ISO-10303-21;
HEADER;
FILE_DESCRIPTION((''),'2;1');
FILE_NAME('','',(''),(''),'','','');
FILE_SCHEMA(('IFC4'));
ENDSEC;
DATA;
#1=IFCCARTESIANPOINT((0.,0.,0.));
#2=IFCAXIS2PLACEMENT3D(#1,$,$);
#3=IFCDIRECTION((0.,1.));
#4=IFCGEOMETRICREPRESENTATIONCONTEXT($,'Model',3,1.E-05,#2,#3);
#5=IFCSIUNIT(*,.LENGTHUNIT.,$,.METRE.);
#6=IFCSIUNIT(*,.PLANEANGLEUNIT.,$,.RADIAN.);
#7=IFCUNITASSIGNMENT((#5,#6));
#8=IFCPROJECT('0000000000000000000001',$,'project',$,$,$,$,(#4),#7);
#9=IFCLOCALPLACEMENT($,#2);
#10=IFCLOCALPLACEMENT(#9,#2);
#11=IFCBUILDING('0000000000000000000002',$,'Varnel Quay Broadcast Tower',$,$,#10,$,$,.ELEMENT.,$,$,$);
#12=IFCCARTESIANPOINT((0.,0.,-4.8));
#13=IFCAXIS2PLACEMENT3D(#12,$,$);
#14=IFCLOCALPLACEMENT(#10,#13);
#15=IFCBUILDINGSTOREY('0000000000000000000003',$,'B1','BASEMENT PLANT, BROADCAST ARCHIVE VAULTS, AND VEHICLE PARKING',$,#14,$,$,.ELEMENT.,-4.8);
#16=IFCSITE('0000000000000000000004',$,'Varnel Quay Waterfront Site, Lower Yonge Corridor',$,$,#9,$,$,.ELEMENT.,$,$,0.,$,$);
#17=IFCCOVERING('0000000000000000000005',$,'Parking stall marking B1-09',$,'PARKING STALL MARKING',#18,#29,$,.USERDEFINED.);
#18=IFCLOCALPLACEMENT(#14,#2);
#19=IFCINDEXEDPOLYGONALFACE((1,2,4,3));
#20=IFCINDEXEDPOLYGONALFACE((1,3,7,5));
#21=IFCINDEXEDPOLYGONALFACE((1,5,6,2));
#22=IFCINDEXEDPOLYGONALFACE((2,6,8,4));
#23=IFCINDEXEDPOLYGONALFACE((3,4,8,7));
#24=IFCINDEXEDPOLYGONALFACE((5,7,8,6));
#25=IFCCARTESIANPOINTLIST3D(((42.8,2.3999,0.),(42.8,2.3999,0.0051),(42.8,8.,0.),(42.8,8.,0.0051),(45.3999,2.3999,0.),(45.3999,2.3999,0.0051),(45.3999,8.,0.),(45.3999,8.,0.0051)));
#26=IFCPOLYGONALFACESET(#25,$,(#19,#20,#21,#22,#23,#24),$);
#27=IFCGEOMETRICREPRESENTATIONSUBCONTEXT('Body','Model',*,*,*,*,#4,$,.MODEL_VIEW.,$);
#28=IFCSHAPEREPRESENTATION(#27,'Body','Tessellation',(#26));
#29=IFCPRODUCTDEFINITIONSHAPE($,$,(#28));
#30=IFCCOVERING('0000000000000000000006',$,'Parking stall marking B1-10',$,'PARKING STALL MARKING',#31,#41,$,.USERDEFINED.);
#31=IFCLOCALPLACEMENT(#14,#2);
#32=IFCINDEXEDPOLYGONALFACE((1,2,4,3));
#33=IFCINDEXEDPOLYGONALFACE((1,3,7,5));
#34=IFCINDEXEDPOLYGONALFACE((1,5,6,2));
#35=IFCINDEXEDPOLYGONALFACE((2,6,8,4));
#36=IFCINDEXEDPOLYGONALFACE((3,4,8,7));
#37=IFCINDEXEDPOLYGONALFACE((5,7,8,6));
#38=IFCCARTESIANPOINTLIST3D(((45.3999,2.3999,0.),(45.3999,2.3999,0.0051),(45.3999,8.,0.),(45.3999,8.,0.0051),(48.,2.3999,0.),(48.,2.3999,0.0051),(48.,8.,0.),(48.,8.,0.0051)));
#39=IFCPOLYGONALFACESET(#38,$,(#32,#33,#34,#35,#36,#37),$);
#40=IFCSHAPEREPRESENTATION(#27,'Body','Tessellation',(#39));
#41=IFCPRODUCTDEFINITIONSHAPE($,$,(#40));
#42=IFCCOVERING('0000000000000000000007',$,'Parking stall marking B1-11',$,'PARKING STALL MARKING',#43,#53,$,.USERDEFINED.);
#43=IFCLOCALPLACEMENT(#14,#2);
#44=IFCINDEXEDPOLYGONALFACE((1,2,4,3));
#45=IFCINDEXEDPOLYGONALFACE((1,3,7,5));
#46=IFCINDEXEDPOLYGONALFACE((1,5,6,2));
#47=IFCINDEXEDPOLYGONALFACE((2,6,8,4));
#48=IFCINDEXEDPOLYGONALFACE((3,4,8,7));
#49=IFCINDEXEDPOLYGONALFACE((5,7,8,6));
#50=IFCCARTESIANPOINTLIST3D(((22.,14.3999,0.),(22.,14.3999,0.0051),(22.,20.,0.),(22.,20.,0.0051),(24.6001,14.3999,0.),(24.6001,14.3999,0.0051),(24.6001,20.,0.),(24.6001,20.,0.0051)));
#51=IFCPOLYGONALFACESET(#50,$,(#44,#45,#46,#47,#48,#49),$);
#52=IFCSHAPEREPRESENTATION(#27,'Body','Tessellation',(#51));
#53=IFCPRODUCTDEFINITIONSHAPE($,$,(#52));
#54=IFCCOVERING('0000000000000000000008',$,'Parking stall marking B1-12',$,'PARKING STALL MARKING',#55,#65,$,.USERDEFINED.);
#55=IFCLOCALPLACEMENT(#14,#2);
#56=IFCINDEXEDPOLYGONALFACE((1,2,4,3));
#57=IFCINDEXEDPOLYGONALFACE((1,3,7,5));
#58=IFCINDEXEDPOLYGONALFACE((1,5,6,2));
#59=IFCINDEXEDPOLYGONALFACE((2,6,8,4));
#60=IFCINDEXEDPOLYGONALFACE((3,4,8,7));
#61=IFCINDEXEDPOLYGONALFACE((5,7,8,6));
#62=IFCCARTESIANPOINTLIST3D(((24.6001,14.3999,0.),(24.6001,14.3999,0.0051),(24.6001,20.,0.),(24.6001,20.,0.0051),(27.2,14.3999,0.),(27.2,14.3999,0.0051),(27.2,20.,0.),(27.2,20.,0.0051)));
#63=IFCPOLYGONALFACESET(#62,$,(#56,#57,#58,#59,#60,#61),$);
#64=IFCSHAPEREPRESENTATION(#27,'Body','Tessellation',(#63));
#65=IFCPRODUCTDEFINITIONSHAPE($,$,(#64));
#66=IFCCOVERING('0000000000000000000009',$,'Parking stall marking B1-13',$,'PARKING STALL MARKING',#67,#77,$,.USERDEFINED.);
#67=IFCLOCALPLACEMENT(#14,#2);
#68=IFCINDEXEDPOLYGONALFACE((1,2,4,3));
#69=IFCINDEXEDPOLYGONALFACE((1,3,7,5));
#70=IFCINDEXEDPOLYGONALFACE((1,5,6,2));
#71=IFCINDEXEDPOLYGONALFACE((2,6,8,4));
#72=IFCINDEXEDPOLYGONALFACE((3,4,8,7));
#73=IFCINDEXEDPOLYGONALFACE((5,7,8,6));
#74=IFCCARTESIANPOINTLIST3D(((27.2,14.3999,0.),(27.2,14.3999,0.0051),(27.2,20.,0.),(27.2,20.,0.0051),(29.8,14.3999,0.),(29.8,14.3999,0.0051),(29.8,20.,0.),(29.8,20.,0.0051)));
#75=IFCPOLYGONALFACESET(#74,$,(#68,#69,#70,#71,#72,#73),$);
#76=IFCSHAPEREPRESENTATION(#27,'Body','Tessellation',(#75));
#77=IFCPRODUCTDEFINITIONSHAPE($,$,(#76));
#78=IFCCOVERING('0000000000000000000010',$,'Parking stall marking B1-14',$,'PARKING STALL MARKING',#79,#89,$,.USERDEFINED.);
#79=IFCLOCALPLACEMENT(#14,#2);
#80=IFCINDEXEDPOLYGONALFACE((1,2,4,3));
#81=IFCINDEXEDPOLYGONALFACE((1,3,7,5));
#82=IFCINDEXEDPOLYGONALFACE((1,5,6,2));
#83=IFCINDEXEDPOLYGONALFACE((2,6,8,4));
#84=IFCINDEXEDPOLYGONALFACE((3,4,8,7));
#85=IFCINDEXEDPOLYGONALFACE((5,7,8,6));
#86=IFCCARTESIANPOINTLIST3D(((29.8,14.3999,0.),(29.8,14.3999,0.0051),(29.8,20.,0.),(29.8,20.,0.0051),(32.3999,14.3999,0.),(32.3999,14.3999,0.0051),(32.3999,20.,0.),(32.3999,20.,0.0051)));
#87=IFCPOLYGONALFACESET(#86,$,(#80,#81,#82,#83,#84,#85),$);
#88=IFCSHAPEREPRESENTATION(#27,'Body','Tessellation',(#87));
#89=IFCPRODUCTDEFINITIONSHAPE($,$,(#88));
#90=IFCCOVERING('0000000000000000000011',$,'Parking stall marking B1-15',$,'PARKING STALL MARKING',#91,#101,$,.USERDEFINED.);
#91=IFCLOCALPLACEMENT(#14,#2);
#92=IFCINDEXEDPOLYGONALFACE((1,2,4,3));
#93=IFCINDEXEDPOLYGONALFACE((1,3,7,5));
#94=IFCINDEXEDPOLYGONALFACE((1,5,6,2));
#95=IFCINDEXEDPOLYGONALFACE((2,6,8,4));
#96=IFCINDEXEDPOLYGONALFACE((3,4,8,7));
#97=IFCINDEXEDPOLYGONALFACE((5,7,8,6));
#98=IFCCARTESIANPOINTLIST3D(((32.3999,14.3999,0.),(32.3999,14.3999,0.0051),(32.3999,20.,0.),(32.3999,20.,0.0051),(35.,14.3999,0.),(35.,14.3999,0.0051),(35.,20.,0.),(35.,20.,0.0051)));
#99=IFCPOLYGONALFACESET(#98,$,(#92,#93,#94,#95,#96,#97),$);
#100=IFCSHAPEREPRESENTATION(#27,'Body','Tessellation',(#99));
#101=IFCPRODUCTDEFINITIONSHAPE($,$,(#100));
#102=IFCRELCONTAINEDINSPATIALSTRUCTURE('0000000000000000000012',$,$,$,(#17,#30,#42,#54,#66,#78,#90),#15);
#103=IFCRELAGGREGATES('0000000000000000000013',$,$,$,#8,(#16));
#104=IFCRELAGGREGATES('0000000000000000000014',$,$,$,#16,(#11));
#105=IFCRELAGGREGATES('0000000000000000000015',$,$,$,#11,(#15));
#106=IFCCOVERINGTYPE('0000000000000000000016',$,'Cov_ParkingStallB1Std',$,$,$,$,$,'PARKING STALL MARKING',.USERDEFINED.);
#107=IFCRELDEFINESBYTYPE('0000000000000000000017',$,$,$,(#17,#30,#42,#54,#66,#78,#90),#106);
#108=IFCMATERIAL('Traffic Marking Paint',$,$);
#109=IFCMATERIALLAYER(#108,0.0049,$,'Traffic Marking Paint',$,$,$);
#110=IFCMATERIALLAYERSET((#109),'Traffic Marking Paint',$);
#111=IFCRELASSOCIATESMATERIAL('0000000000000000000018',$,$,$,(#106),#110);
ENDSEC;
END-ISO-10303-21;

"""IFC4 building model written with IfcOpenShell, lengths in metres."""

from ifc_helpers import new_model, si_unit, direction, frame, origin, place, context, subcontext, project, spatial, polyline, outline, extrude, material, layer, layer_set, type_object, element, save


model = new_model("IFC4")

# Units and contexts
model_context = context("Model", 3, precision=1e-05, world=origin(), true_north=direction((0.0, 1.0)))
body_context = subcontext(model_context, "Body", "Model", "MODEL_VIEW")
ifc_project = project(units=[si_unit("LENGTHUNIT", "METRE"), si_unit("PLANEANGLEUNIT", "RADIAN")], contexts=[model_context])

# Site, building, storey
site_placement = place(None, origin())
site = spatial("IfcSite", under=ifc_project, at=site_placement, Name="Varnel Quay Waterfront Site, Lower Yonge Corridor", CompositionType="ELEMENT", RefElevation=0.0)
building_placement = place(site_placement, origin())
building = spatial("IfcBuilding", under=site, at=building_placement, Name="Varnel Quay Broadcast Tower", CompositionType="ELEMENT")
storey_placement = place(building_placement, frame((0.0, 0.0, -4.8)))
storey = spatial("IfcBuildingStorey", under=building, at=storey_placement, Name="B1", Description="BASEMENT PLANT, BROADCAST ARCHIVE VAULTS, AND VEHICLE PARKING", CompositionType="ELEMENT", Elevation=-4.8)

# Coverings
ifc_material_1 = material(Name="Traffic Marking Paint")
ifc_layer_1 = layer(ifc_material_1, 0.0049, Name="Traffic Marking Paint")
ifc_layer_set_1 = layer_set([ifc_layer_1], Name="Traffic Marking Paint")
covering_type = type_object("IfcCoveringType", Name="Cov_ParkingStallB1Std", ElementType="PARKING STALL MARKING", PredefinedType="USERDEFINED", material=ifc_layer_set_1)
covering_1_placement = place(storey_placement, origin())
element("IfcCovering", 1, at=covering_1_placement, inside=storey, type_object=covering_type, Name="Parking stall marking B1-09", ObjectType="PARKING STALL MARKING", PredefinedType="USERDEFINED", context=body_context, shape_type="SweptSolid", body=[
    extrude(outline(polyline([(42.8, 2.3999), (45.3999, 2.3999), (45.3999, 8.0), (42.8, 8.0), (42.8, 2.3999)])), origin(), (0.0, 0.0, 1.0), 0.0051),
])
covering_2_placement = place(storey_placement, origin())
element("IfcCovering", 2, at=covering_2_placement, inside=storey, type_object=covering_type, Name="Parking stall marking B1-10", ObjectType="PARKING STALL MARKING", PredefinedType="USERDEFINED", context=body_context, shape_type="SweptSolid", body=[
    extrude(outline(polyline([(45.3999, 2.3999), (48.0, 2.3999), (48.0, 8.0), (45.3999, 8.0), (45.3999, 2.3999)])), origin(), (0.0, 0.0, 1.0), 0.0051),
])
covering_3_placement = place(storey_placement, origin())
element("IfcCovering", 3, at=covering_3_placement, inside=storey, type_object=covering_type, Name="Parking stall marking B1-11", ObjectType="PARKING STALL MARKING", PredefinedType="USERDEFINED", context=body_context, shape_type="SweptSolid", body=[
    extrude(outline(polyline([(22.0, 14.3999), (24.6001, 14.3999), (24.6001, 20.0), (22.0, 20.0), (22.0, 14.3999)])), origin(), (0.0, 0.0, 1.0), 0.0051),
])
covering_4_placement = place(storey_placement, origin())
element("IfcCovering", 4, at=covering_4_placement, inside=storey, type_object=covering_type, Name="Parking stall marking B1-12", ObjectType="PARKING STALL MARKING", PredefinedType="USERDEFINED", context=body_context, shape_type="SweptSolid", body=[
    extrude(outline(polyline([(24.6001, 14.3999), (27.2, 14.3999), (27.2, 20.0), (24.6001, 20.0), (24.6001, 14.3999)])), origin(), (0.0, 0.0, 1.0), 0.0051),
])
covering_5_placement = place(storey_placement, origin())
element("IfcCovering", 5, at=covering_5_placement, inside=storey, type_object=covering_type, Name="Parking stall marking B1-13", ObjectType="PARKING STALL MARKING", PredefinedType="USERDEFINED", context=body_context, shape_type="SweptSolid", body=[
    extrude(outline(polyline([(27.2, 14.3999), (29.8, 14.3999), (29.8, 20.0), (27.2, 20.0), (27.2, 14.3999)])), origin(), (0.0, 0.0, 1.0), 0.0051),
])
covering_6_placement = place(storey_placement, origin())
element("IfcCovering", 6, at=covering_6_placement, inside=storey, type_object=covering_type, Name="Parking stall marking B1-14", ObjectType="PARKING STALL MARKING", PredefinedType="USERDEFINED", context=body_context, shape_type="SweptSolid", body=[
    extrude(outline(polyline([(29.8, 14.3999), (32.3999, 14.3999), (32.3999, 20.0), (29.8, 20.0), (29.8, 14.3999)])), origin(), (0.0, 0.0, 1.0), 0.0051),
])
covering_7_placement = place(storey_placement, origin())
element("IfcCovering", 7, at=covering_7_placement, inside=storey, type_object=covering_type, Name="Parking stall marking B1-15", ObjectType="PARKING STALL MARKING", PredefinedType="USERDEFINED", context=body_context, shape_type="SweptSolid", body=[
    extrude(outline(polyline([(32.3999, 14.3999), (35.0, 14.3999), (35.0, 20.0), (32.3999, 20.0), (32.3999, 14.3999)])), origin(), (0.0, 0.0, 1.0), 0.0051),
])

save(model, "model.ifc")
